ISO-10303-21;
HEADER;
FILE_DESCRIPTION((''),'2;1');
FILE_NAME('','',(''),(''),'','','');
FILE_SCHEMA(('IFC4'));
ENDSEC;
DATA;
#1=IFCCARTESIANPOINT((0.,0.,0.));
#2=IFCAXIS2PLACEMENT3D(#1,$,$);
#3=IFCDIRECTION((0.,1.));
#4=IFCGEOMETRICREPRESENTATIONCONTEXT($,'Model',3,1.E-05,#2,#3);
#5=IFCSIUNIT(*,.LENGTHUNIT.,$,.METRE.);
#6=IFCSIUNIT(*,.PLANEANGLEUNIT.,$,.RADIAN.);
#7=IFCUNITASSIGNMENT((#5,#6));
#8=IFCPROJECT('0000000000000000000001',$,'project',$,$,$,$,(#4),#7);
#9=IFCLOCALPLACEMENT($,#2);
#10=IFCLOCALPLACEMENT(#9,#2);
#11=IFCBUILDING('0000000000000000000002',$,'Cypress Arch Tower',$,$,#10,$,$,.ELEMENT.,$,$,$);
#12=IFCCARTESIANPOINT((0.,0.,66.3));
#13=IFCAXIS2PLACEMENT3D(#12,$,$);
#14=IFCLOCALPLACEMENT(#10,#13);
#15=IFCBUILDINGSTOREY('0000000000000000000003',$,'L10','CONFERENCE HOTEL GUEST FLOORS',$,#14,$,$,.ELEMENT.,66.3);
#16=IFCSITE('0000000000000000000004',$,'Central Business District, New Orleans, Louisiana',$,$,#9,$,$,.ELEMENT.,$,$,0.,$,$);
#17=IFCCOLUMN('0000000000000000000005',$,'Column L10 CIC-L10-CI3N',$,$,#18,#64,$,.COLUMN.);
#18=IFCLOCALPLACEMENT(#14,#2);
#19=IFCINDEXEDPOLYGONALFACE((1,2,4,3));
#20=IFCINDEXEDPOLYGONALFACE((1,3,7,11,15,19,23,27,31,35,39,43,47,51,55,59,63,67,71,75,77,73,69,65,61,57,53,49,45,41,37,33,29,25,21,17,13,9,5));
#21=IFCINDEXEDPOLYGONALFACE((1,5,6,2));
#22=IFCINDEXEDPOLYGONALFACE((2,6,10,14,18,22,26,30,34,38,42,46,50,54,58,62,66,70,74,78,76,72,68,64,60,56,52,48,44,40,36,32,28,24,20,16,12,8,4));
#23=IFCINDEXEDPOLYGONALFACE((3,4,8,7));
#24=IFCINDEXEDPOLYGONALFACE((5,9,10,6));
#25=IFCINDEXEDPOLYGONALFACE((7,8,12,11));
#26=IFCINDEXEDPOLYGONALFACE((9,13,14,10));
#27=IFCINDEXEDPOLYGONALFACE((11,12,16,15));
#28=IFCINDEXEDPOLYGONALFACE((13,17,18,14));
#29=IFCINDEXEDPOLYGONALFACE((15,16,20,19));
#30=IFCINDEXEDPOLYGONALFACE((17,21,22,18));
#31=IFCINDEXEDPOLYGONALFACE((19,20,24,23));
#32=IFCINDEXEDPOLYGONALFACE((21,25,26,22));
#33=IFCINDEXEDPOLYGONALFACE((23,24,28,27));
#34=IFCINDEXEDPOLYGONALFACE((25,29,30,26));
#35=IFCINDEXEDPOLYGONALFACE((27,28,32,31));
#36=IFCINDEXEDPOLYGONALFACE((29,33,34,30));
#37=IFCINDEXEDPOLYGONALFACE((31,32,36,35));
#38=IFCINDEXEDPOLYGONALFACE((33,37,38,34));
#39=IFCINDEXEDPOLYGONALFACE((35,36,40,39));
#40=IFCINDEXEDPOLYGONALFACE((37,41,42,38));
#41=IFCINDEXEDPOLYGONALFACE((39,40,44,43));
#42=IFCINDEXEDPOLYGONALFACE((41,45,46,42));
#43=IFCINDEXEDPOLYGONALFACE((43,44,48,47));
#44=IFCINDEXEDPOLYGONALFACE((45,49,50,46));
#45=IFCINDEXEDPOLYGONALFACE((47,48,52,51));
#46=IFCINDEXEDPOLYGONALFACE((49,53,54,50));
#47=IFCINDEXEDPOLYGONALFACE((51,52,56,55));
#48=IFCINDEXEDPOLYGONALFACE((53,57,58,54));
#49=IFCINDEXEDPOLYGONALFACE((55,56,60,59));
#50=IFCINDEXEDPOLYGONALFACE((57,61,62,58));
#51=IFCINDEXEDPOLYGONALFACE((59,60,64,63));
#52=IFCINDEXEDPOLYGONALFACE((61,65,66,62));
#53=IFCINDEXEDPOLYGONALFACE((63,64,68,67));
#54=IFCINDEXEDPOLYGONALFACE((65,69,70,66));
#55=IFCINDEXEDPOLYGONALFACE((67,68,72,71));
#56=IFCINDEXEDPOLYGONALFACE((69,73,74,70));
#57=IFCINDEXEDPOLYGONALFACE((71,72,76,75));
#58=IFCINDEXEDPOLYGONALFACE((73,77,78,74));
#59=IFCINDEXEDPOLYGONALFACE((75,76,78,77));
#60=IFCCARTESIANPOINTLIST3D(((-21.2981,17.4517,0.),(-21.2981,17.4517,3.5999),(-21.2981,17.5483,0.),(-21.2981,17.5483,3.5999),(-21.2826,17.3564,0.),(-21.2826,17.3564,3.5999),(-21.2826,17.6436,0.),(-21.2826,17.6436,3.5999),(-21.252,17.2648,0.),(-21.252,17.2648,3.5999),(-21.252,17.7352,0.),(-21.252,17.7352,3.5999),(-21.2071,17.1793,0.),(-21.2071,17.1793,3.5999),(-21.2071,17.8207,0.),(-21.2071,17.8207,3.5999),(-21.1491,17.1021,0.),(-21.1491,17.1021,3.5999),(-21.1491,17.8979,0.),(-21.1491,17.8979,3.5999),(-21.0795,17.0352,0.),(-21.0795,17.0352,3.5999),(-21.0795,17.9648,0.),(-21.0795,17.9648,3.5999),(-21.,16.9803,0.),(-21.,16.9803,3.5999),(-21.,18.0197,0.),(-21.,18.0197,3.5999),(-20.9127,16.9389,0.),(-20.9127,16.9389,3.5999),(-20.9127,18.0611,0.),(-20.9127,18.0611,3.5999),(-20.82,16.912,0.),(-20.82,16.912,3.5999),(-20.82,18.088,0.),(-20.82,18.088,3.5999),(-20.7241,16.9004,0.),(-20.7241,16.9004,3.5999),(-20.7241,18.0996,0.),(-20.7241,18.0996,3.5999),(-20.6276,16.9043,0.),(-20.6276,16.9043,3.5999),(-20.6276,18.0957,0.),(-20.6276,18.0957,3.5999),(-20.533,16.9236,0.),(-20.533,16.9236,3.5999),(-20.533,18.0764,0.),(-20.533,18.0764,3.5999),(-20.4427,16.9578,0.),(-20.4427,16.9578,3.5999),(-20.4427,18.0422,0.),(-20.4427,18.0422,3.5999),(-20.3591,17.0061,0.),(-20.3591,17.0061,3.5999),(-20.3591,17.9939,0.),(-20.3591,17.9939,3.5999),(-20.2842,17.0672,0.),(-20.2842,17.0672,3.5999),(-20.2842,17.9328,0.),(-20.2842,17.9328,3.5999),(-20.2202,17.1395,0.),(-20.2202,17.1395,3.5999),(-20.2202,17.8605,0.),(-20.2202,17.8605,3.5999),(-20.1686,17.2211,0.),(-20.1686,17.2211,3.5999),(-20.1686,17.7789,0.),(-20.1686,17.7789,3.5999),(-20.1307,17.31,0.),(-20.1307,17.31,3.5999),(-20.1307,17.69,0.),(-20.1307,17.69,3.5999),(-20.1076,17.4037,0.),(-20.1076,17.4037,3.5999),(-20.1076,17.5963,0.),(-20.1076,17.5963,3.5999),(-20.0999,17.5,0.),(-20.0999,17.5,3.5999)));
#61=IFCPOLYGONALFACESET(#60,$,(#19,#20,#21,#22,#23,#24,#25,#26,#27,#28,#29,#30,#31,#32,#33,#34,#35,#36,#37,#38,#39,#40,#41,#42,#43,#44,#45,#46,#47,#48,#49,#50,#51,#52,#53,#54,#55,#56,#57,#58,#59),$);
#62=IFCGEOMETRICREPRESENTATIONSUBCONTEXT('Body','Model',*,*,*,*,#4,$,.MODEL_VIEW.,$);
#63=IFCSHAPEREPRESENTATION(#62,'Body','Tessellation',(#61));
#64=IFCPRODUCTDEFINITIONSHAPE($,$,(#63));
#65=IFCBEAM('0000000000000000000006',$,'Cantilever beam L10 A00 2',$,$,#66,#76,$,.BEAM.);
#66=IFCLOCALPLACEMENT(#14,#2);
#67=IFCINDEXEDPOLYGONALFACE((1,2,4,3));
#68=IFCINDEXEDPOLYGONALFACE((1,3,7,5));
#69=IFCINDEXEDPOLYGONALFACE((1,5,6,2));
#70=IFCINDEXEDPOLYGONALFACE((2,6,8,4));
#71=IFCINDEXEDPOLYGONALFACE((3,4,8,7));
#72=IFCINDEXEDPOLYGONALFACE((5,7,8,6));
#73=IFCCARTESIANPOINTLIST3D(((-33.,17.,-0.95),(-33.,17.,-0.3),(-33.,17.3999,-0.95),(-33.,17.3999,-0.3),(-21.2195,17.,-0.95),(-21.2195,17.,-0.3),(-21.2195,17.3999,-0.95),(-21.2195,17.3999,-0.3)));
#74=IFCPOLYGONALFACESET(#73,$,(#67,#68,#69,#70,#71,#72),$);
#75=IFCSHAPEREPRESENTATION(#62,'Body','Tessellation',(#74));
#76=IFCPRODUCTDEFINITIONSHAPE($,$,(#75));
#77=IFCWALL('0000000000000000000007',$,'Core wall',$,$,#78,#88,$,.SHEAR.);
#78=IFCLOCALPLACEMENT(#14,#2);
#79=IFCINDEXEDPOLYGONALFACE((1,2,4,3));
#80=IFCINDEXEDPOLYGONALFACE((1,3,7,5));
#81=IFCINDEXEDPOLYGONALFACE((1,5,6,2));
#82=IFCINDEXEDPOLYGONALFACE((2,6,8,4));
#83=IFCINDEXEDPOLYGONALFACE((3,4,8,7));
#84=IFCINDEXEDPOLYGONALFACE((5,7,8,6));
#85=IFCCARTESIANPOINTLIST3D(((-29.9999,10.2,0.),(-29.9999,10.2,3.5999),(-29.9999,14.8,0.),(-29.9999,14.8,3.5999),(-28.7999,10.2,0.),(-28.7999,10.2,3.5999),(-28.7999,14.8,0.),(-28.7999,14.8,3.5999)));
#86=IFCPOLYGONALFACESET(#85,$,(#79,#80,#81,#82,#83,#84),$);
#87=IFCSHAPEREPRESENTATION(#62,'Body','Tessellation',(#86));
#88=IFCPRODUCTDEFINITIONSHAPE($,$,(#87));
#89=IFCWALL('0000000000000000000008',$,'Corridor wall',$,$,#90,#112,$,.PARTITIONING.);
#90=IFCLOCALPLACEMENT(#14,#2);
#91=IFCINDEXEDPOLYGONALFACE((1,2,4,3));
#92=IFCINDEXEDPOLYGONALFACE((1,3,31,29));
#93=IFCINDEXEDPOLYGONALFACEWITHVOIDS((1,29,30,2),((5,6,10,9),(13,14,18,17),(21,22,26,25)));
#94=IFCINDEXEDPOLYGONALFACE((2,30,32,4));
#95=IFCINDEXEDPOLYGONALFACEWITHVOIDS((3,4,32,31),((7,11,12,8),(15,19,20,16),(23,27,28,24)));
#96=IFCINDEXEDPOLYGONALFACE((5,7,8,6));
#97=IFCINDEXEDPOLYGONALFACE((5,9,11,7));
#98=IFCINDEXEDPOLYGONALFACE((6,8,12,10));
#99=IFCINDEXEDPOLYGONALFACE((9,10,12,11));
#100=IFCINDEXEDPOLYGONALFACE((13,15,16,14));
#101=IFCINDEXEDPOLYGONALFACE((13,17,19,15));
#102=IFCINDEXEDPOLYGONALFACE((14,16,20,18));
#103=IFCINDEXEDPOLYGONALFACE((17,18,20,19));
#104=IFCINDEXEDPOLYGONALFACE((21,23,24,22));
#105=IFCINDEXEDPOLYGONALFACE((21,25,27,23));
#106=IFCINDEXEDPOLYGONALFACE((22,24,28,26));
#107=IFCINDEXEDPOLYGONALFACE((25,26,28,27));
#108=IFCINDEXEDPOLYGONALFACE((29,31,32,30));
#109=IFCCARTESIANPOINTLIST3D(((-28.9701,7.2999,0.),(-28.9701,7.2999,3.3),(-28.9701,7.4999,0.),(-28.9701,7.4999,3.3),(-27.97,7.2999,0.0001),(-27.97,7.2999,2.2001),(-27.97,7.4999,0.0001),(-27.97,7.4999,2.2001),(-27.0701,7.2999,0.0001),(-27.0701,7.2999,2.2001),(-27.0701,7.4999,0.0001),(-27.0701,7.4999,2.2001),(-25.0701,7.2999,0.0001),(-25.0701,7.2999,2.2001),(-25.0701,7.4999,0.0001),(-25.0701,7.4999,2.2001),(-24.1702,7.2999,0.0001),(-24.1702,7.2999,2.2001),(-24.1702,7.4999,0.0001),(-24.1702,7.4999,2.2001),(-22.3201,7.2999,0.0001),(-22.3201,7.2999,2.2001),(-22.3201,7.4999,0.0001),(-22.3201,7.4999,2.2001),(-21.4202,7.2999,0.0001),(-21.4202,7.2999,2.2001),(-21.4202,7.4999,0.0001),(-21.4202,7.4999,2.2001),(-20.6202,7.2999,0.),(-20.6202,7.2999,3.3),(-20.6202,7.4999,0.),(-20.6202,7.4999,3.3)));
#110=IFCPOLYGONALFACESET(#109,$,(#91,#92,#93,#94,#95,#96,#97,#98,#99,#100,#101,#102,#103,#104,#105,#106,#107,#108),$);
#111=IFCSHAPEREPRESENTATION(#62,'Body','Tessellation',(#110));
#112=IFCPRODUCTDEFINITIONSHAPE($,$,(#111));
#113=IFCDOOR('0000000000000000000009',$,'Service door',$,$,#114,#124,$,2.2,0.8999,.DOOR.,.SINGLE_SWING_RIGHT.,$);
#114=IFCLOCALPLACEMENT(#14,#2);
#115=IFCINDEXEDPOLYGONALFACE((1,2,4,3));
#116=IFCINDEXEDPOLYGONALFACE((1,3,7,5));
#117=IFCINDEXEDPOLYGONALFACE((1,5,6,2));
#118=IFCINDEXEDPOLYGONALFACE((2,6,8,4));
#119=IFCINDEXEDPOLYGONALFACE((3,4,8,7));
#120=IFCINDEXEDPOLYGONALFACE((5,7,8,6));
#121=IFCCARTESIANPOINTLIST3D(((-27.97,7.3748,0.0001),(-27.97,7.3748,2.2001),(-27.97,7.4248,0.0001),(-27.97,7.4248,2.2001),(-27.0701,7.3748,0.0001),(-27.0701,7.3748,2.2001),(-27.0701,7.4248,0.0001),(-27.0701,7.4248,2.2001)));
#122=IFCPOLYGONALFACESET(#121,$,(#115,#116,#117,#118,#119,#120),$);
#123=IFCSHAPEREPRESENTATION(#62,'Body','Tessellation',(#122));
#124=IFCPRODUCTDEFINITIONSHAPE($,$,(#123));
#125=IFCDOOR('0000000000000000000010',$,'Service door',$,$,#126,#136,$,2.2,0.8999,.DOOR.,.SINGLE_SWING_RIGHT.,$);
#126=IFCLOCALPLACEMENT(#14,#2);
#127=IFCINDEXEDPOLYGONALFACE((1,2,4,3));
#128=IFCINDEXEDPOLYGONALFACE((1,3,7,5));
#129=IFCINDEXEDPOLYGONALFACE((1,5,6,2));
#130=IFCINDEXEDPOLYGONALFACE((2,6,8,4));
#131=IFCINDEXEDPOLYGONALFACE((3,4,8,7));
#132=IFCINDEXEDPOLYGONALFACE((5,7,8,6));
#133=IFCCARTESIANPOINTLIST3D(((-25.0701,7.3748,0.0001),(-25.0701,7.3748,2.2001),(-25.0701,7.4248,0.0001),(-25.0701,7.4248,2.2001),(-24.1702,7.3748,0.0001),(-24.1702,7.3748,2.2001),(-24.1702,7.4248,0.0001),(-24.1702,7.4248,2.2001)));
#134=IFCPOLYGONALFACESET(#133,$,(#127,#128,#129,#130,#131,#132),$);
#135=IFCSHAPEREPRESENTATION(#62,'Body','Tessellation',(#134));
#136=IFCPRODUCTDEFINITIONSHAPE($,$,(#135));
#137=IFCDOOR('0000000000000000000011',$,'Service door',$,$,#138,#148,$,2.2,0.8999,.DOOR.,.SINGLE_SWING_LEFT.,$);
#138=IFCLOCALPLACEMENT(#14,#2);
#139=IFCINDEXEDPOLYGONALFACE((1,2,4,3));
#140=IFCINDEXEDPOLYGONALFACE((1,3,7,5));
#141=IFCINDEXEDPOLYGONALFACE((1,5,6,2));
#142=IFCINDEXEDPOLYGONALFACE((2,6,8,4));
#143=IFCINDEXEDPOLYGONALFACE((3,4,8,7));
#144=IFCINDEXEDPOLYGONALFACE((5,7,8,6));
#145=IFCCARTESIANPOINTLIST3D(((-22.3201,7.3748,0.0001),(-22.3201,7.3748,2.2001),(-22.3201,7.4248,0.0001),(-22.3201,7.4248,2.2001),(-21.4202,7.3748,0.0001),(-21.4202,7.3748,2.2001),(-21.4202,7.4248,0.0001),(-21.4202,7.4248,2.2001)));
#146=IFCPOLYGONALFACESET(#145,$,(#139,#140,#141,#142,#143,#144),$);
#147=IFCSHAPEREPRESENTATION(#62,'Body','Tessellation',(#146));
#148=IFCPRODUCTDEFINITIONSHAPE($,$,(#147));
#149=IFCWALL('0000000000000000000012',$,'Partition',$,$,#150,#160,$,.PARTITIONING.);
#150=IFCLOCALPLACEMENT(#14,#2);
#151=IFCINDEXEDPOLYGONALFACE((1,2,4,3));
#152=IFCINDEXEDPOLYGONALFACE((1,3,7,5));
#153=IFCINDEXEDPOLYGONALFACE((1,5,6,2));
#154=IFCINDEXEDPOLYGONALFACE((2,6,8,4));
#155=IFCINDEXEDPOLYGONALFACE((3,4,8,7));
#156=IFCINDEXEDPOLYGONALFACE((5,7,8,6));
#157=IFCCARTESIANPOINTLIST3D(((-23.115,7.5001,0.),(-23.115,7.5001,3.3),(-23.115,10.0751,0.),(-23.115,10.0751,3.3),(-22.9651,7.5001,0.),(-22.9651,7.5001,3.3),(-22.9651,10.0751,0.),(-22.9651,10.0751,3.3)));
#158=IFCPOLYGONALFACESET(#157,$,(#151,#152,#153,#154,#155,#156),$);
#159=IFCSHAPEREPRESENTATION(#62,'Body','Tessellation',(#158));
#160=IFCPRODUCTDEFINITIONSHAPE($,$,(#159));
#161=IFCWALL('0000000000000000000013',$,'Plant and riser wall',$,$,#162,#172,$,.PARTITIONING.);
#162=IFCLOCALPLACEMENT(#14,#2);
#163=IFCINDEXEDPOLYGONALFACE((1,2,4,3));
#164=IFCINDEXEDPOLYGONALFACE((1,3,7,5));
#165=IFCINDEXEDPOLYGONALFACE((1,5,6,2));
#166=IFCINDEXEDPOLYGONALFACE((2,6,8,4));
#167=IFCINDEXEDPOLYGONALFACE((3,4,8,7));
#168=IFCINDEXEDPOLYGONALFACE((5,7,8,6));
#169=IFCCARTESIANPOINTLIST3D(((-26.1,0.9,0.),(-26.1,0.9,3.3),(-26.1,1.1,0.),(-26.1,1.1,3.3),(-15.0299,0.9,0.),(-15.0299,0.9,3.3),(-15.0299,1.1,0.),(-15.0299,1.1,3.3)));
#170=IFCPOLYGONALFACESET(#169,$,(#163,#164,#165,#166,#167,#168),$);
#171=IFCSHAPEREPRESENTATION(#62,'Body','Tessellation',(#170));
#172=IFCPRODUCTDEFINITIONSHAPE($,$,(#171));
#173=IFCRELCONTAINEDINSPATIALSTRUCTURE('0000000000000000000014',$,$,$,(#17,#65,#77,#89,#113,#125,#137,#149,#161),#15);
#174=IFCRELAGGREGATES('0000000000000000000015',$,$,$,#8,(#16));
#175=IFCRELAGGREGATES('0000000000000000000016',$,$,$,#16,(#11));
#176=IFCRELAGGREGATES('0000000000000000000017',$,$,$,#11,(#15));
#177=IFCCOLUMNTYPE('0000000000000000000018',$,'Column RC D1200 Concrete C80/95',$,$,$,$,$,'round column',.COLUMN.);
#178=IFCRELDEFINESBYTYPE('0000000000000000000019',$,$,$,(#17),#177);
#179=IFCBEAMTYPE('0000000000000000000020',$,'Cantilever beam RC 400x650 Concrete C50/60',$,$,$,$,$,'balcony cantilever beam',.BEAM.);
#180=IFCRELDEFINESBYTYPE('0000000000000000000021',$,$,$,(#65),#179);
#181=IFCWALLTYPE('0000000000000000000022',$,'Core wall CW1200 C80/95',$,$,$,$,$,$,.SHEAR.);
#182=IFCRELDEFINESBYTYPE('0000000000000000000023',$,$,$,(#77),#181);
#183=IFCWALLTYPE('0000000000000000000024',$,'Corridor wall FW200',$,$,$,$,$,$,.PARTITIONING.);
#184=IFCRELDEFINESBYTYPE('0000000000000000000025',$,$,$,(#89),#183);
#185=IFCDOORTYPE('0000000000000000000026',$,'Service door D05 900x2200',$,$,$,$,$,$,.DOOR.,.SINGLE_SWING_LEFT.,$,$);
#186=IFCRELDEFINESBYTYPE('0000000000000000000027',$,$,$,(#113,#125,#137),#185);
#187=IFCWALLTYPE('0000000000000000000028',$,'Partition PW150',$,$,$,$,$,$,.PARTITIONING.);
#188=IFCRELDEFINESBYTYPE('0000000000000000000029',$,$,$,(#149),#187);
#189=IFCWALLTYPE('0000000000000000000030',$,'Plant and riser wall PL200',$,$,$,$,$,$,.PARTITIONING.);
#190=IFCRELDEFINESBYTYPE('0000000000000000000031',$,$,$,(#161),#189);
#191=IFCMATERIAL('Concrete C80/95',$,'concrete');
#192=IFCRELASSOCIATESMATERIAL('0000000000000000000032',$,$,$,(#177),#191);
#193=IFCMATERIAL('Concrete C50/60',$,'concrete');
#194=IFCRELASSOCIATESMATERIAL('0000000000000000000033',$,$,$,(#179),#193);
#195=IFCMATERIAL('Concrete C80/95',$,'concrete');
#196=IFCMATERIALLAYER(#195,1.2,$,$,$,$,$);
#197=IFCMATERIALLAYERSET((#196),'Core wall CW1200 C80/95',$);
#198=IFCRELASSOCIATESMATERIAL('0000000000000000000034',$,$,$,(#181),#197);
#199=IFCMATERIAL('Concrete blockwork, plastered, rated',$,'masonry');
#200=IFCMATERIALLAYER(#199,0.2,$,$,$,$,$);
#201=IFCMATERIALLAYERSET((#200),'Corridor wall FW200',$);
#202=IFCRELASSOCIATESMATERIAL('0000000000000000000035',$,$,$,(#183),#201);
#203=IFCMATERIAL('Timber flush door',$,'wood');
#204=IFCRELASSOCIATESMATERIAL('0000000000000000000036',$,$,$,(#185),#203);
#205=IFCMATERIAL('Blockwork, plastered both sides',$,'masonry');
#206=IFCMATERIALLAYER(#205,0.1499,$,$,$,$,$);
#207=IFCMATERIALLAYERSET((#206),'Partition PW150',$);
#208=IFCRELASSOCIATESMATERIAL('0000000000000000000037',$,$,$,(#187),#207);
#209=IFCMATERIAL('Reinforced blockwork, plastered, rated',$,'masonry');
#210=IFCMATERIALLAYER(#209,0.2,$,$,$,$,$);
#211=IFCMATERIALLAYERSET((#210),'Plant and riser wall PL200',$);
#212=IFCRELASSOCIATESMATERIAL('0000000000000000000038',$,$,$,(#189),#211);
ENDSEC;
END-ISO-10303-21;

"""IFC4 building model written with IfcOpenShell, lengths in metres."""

from ifc_helpers import new_model, si_unit, direction, frame, frame_2d, origin, origin_2d, place, context, subcontext, project, spatial, rectangle, circle, extrude, material, layer, layer_set, material_profile, profile_set, type_object, element, fill, save


model = new_model("IFC4")

# Units and contexts
model_context = context("Model", 3, precision=1e-05, world=origin(), true_north=direction((0.0, 1.0)))
body_context = subcontext(model_context, "Body", "Model", "MODEL_VIEW")
ifc_project = project(units=[si_unit("LENGTHUNIT", "METRE"), si_unit("PLANEANGLEUNIT", "RADIAN")], contexts=[model_context])

# Site, building, storey
site_placement = place(None, origin())
site = spatial("IfcSite", under=ifc_project, at=site_placement, Name="Central Business District, New Orleans, Louisiana", CompositionType="ELEMENT", RefElevation=0.0)
building_placement = place(site_placement, origin())
building = spatial("IfcBuilding", under=site, at=building_placement, Name="Cypress Arch Tower", CompositionType="ELEMENT")
storey_placement = place(building_placement, frame((0.0, 0.0, 66.3)))
storey = spatial("IfcBuildingStorey", under=building, at=storey_placement, Name="L10", Description="CONFERENCE HOTEL GUEST FLOORS", CompositionType="ELEMENT", Elevation=66.3)

# Column
ifc_material_1 = material(Name="Concrete C80/95", Category="concrete")
ifc_material_profile_1 = material_profile(ifc_material_1, circle(Radius=0.6001, at=origin_2d()), Name="RC D1200")
ifc_profile_set_1 = profile_set([ifc_material_profile_1], Name="Concrete C80/95")
column_type = type_object("IfcColumnType", Name="Column RC D1200 Concrete C80/95", ElementType="round column", PredefinedType="COLUMN", material=ifc_profile_set_1)
column_placement = place(storey_placement, frame((-20.7, 17.5, 0.0), z_axis=(0.0, 0.0, 1.0), x_axis=(1.0, 0.0, 0.0)))
element("IfcColumn", 1, at=column_placement, inside=storey, type_object=column_type, Name="Column L10 CIC-L10-CI3N", PredefinedType="COLUMN", context=body_context, shape_type="SweptSolid", body=[
    extrude(circle(Radius=0.6001, at=origin_2d()), origin(), (0.0, 0.0, 1.0), 3.5999),
])

# Beam
ifc_material_2 = material(Name="Concrete C50/60", Category="concrete")
ifc_material_profile_2 = material_profile(ifc_material_2, rectangle(XDim=0.3999, YDim=0.6499, at=origin_2d()), Name="RC 400x650")
ifc_profile_set_2 = profile_set([ifc_material_profile_2], Name="Concrete C50/60")
beam_type = type_object("IfcBeamType", Name="Cantilever beam RC 400x650 Concrete C50/60", ElementType="balcony cantilever beam", PredefinedType="BEAM", material=ifc_profile_set_2)
beam_placement = place(storey_placement, frame((-21.2195, 17.2, -0.625), z_axis=(-1.0, 0.0, 0.0), x_axis=(0.0, -1.0, 0.0)))
element("IfcBeam", 2, at=beam_placement, inside=storey, type_object=beam_type, Name="Cantilever beam L10 A00 2", PredefinedType="BEAM", context=body_context, shape_type="SweptSolid", body=[
    extrude(rectangle(XDim=0.3999, YDim=0.6499, at=origin_2d()), origin(), (0.0, 0.0, 1.0), 11.7805),
])

# Shared definitions
ifc_material_3 = material(Name="Concrete C80/95", Category="concrete")
ifc_layer_1 = layer(ifc_material_3, 1.2)
ifc_layer_set_1 = layer_set([ifc_layer_1], Name="Core wall CW1200 C80/95")
wall_type_1 = type_object("IfcWallType", Name="Core wall CW1200 C80/95", PredefinedType="SHEAR", material=ifc_layer_set_1)

# Wall
wall_1_placement = place(storey_placement, frame((-29.3999, 10.2, 0.0), z_axis=(0.0, 0.0, 1.0), x_axis=(0.0, 1.0, 0.0)))
element("IfcWall", 3, at=wall_1_placement, inside=storey, type_object=wall_type_1, Name="Core wall", PredefinedType="SHEAR", context=body_context, shape_type="SweptSolid", body=[
    extrude(rectangle(XDim=4.6001, YDim=1.2, at=frame_2d((2.3, 0.0))), origin(), (0.0, 0.0, 1.0), 3.5999),
])

# Wall, openings, doors
ifc_material_4 = material(Name="Concrete blockwork, plastered, rated", Category="masonry")
ifc_layer_2 = layer(ifc_material_4, 0.2)
ifc_layer_set_2 = layer_set([ifc_layer_2], Name="Corridor wall FW200")
wall_type_2 = type_object("IfcWallType", Name="Corridor wall FW200", PredefinedType="PARTITIONING", material=ifc_layer_set_2)
wall_2_placement = place(storey_placement, frame((-28.97, 7.3999, 0.0), z_axis=(0.0, 0.0, 1.0), x_axis=(1.0, 0.0, 0.0)))
wall_2 = element("IfcWall", 4, at=wall_2_placement, inside=storey, type_object=wall_type_2, Name="Corridor wall", PredefinedType="PARTITIONING", context=body_context, shape_type="SweptSolid", body=[
    extrude(rectangle(XDim=8.3499, YDim=0.2, at=frame_2d((4.1748, 0.0))), origin(), (0.0, 0.0, 1.0), 3.3),
])
opening_1_placement = place(wall_2_placement, frame((1.0, 0.0, 0.0)))
opening_1 = element("IfcOpeningElement", 5, at=opening_1_placement, cuts=wall_2, PredefinedType="OPENING", context=body_context, shape_type="SweptSolid", body=[
    extrude(rectangle(XDim=0.8999, YDim=2.2, at=frame_2d((0.45, 1.1001))), frame((0.0, 0.1099, 0.0), z_axis=(0.0, -1.0, 0.0), x_axis=(1.0, 0.0, 0.0)), (0.0, 0.0, 1.0), 0.22),
])
opening_2_placement = place(wall_2_placement, frame((3.8999, 0.0, 0.0)))
opening_2 = element("IfcOpeningElement", 6, at=opening_2_placement, cuts=wall_2, PredefinedType="OPENING", context=body_context, shape_type="SweptSolid", body=[
    extrude(rectangle(XDim=0.8999, YDim=2.2, at=frame_2d((0.45, 1.1001))), frame((0.0, 0.1099, 0.0), z_axis=(0.0, -1.0, 0.0), x_axis=(1.0, 0.0, 0.0)), (0.0, 0.0, 1.0), 0.22),
])
opening_3_placement = place(wall_2_placement, frame((6.6499, 0.0, 0.0)))
opening_3 = element("IfcOpeningElement", 7, at=opening_3_placement, cuts=wall_2, PredefinedType="OPENING", context=body_context, shape_type="SweptSolid", body=[
    extrude(rectangle(XDim=0.8999, YDim=2.2, at=frame_2d((0.45, 1.1001))), frame((0.0, 0.1099, 0.0), z_axis=(0.0, -1.0, 0.0), x_axis=(1.0, 0.0, 0.0)), (0.0, 0.0, 1.0), 0.22),
])
ifc_material_5 = material(Name="Timber flush door", Category="wood")
door_type_1 = type_object("IfcDoorType", Name="Service door D05 900x2200", OperationType="SINGLE_SWING_LEFT", PredefinedType="DOOR", material=ifc_material_5)
door_1_placement = place(opening_1_placement, origin())
door_1 = element("IfcDoor", 8, at=door_1_placement, inside=storey, type_object=door_type_1, Name="Service door", OperationType="SINGLE_SWING_RIGHT", OverallHeight=2.2, OverallWidth=0.8999, PredefinedType="DOOR", context=body_context, shape_type="SweptSolid", body=[
    extrude(rectangle(XDim=0.8999, YDim=2.2, at=frame_2d((0.45, 1.1001))), frame((0.0, 0.0249, 0.0), z_axis=(0.0, -1.0, 0.0), x_axis=(1.0, 0.0, 0.0)), (0.0, 0.0, 1.0), 0.05),
])
fill(opening_1, door_1)
door_2_placement = place(opening_2_placement, origin())
door_2 = element("IfcDoor", 9, at=door_2_placement, inside=storey, type_object=door_type_1, Name="Service door", OperationType="SINGLE_SWING_RIGHT", OverallHeight=2.2, OverallWidth=0.8999, PredefinedType="DOOR", context=body_context, shape_type="SweptSolid", body=[
    extrude(rectangle(XDim=0.8999, YDim=2.2, at=frame_2d((0.45, 1.1001))), frame((0.0, 0.0249, 0.0), z_axis=(0.0, -1.0, 0.0), x_axis=(1.0, 0.0, 0.0)), (0.0, 0.0, 1.0), 0.05),
])
fill(opening_2, door_2)
door_3_placement = place(opening_3_placement, origin())
door_3 = element("IfcDoor", 10, at=door_3_placement, inside=storey, type_object=door_type_1, Name="Service door", OperationType="SINGLE_SWING_LEFT", OverallHeight=2.2, OverallWidth=0.8999, PredefinedType="DOOR", context=body_context, shape_type="SweptSolid", body=[
    extrude(rectangle(XDim=0.8999, YDim=2.2, at=frame_2d((0.45, 1.1001))), frame((0.0, 0.0249, 0.0), z_axis=(0.0, -1.0, 0.0), x_axis=(1.0, 0.0, 0.0)), (0.0, 0.0, 1.0), 0.05),
])
fill(opening_3, door_3)

# Walls
ifc_material_6 = material(Name="Blockwork, plastered both sides", Category="masonry")
ifc_layer_3 = layer(ifc_material_6, 0.1499)
ifc_layer_set_3 = layer_set([ifc_layer_3], Name="Partition PW150")
wall_type_3 = type_object("IfcWallType", Name="Partition PW150", PredefinedType="PARTITIONING", material=ifc_layer_set_3)
wall_3_placement = place(storey_placement, frame((-23.04, 7.5, 0.0), z_axis=(0.0, 0.0, 1.0), x_axis=(0.0, 1.0, 0.0)))
element("IfcWall", 11, at=wall_3_placement, inside=storey, type_object=wall_type_3, Name="Partition", PredefinedType="PARTITIONING", context=body_context, shape_type="SweptSolid", body=[
    extrude(rectangle(XDim=2.575, YDim=0.1499, at=frame_2d((1.2876, 0.0))), origin(), (0.0, 0.0, 1.0), 3.3),
])
ifc_material_7 = material(Name="Reinforced blockwork, plastered, rated", Category="masonry")
ifc_layer_4 = layer(ifc_material_7, 0.2)
ifc_layer_set_4 = layer_set([ifc_layer_4], Name="Plant and riser wall PL200")
wall_type_4 = type_object("IfcWallType", Name="Plant and riser wall PL200", PredefinedType="PARTITIONING", material=ifc_layer_set_4)
wall_4_placement = place(storey_placement, frame((-26.1001, 1.0, 0.0), z_axis=(0.0, 0.0, 1.0), x_axis=(1.0, 0.0, 0.0)))
element("IfcWall", 12, at=wall_4_placement, inside=storey, type_object=wall_type_4, Name="Plant and riser wall", PredefinedType="PARTITIONING", context=body_context, shape_type="SweptSolid", body=[
    extrude(rectangle(XDim=11.0701, YDim=0.2, at=frame_2d((5.5352, 0.0))), origin(), (0.0, 0.0, 1.0), 3.3),
])

save(model, "model.ifc")
